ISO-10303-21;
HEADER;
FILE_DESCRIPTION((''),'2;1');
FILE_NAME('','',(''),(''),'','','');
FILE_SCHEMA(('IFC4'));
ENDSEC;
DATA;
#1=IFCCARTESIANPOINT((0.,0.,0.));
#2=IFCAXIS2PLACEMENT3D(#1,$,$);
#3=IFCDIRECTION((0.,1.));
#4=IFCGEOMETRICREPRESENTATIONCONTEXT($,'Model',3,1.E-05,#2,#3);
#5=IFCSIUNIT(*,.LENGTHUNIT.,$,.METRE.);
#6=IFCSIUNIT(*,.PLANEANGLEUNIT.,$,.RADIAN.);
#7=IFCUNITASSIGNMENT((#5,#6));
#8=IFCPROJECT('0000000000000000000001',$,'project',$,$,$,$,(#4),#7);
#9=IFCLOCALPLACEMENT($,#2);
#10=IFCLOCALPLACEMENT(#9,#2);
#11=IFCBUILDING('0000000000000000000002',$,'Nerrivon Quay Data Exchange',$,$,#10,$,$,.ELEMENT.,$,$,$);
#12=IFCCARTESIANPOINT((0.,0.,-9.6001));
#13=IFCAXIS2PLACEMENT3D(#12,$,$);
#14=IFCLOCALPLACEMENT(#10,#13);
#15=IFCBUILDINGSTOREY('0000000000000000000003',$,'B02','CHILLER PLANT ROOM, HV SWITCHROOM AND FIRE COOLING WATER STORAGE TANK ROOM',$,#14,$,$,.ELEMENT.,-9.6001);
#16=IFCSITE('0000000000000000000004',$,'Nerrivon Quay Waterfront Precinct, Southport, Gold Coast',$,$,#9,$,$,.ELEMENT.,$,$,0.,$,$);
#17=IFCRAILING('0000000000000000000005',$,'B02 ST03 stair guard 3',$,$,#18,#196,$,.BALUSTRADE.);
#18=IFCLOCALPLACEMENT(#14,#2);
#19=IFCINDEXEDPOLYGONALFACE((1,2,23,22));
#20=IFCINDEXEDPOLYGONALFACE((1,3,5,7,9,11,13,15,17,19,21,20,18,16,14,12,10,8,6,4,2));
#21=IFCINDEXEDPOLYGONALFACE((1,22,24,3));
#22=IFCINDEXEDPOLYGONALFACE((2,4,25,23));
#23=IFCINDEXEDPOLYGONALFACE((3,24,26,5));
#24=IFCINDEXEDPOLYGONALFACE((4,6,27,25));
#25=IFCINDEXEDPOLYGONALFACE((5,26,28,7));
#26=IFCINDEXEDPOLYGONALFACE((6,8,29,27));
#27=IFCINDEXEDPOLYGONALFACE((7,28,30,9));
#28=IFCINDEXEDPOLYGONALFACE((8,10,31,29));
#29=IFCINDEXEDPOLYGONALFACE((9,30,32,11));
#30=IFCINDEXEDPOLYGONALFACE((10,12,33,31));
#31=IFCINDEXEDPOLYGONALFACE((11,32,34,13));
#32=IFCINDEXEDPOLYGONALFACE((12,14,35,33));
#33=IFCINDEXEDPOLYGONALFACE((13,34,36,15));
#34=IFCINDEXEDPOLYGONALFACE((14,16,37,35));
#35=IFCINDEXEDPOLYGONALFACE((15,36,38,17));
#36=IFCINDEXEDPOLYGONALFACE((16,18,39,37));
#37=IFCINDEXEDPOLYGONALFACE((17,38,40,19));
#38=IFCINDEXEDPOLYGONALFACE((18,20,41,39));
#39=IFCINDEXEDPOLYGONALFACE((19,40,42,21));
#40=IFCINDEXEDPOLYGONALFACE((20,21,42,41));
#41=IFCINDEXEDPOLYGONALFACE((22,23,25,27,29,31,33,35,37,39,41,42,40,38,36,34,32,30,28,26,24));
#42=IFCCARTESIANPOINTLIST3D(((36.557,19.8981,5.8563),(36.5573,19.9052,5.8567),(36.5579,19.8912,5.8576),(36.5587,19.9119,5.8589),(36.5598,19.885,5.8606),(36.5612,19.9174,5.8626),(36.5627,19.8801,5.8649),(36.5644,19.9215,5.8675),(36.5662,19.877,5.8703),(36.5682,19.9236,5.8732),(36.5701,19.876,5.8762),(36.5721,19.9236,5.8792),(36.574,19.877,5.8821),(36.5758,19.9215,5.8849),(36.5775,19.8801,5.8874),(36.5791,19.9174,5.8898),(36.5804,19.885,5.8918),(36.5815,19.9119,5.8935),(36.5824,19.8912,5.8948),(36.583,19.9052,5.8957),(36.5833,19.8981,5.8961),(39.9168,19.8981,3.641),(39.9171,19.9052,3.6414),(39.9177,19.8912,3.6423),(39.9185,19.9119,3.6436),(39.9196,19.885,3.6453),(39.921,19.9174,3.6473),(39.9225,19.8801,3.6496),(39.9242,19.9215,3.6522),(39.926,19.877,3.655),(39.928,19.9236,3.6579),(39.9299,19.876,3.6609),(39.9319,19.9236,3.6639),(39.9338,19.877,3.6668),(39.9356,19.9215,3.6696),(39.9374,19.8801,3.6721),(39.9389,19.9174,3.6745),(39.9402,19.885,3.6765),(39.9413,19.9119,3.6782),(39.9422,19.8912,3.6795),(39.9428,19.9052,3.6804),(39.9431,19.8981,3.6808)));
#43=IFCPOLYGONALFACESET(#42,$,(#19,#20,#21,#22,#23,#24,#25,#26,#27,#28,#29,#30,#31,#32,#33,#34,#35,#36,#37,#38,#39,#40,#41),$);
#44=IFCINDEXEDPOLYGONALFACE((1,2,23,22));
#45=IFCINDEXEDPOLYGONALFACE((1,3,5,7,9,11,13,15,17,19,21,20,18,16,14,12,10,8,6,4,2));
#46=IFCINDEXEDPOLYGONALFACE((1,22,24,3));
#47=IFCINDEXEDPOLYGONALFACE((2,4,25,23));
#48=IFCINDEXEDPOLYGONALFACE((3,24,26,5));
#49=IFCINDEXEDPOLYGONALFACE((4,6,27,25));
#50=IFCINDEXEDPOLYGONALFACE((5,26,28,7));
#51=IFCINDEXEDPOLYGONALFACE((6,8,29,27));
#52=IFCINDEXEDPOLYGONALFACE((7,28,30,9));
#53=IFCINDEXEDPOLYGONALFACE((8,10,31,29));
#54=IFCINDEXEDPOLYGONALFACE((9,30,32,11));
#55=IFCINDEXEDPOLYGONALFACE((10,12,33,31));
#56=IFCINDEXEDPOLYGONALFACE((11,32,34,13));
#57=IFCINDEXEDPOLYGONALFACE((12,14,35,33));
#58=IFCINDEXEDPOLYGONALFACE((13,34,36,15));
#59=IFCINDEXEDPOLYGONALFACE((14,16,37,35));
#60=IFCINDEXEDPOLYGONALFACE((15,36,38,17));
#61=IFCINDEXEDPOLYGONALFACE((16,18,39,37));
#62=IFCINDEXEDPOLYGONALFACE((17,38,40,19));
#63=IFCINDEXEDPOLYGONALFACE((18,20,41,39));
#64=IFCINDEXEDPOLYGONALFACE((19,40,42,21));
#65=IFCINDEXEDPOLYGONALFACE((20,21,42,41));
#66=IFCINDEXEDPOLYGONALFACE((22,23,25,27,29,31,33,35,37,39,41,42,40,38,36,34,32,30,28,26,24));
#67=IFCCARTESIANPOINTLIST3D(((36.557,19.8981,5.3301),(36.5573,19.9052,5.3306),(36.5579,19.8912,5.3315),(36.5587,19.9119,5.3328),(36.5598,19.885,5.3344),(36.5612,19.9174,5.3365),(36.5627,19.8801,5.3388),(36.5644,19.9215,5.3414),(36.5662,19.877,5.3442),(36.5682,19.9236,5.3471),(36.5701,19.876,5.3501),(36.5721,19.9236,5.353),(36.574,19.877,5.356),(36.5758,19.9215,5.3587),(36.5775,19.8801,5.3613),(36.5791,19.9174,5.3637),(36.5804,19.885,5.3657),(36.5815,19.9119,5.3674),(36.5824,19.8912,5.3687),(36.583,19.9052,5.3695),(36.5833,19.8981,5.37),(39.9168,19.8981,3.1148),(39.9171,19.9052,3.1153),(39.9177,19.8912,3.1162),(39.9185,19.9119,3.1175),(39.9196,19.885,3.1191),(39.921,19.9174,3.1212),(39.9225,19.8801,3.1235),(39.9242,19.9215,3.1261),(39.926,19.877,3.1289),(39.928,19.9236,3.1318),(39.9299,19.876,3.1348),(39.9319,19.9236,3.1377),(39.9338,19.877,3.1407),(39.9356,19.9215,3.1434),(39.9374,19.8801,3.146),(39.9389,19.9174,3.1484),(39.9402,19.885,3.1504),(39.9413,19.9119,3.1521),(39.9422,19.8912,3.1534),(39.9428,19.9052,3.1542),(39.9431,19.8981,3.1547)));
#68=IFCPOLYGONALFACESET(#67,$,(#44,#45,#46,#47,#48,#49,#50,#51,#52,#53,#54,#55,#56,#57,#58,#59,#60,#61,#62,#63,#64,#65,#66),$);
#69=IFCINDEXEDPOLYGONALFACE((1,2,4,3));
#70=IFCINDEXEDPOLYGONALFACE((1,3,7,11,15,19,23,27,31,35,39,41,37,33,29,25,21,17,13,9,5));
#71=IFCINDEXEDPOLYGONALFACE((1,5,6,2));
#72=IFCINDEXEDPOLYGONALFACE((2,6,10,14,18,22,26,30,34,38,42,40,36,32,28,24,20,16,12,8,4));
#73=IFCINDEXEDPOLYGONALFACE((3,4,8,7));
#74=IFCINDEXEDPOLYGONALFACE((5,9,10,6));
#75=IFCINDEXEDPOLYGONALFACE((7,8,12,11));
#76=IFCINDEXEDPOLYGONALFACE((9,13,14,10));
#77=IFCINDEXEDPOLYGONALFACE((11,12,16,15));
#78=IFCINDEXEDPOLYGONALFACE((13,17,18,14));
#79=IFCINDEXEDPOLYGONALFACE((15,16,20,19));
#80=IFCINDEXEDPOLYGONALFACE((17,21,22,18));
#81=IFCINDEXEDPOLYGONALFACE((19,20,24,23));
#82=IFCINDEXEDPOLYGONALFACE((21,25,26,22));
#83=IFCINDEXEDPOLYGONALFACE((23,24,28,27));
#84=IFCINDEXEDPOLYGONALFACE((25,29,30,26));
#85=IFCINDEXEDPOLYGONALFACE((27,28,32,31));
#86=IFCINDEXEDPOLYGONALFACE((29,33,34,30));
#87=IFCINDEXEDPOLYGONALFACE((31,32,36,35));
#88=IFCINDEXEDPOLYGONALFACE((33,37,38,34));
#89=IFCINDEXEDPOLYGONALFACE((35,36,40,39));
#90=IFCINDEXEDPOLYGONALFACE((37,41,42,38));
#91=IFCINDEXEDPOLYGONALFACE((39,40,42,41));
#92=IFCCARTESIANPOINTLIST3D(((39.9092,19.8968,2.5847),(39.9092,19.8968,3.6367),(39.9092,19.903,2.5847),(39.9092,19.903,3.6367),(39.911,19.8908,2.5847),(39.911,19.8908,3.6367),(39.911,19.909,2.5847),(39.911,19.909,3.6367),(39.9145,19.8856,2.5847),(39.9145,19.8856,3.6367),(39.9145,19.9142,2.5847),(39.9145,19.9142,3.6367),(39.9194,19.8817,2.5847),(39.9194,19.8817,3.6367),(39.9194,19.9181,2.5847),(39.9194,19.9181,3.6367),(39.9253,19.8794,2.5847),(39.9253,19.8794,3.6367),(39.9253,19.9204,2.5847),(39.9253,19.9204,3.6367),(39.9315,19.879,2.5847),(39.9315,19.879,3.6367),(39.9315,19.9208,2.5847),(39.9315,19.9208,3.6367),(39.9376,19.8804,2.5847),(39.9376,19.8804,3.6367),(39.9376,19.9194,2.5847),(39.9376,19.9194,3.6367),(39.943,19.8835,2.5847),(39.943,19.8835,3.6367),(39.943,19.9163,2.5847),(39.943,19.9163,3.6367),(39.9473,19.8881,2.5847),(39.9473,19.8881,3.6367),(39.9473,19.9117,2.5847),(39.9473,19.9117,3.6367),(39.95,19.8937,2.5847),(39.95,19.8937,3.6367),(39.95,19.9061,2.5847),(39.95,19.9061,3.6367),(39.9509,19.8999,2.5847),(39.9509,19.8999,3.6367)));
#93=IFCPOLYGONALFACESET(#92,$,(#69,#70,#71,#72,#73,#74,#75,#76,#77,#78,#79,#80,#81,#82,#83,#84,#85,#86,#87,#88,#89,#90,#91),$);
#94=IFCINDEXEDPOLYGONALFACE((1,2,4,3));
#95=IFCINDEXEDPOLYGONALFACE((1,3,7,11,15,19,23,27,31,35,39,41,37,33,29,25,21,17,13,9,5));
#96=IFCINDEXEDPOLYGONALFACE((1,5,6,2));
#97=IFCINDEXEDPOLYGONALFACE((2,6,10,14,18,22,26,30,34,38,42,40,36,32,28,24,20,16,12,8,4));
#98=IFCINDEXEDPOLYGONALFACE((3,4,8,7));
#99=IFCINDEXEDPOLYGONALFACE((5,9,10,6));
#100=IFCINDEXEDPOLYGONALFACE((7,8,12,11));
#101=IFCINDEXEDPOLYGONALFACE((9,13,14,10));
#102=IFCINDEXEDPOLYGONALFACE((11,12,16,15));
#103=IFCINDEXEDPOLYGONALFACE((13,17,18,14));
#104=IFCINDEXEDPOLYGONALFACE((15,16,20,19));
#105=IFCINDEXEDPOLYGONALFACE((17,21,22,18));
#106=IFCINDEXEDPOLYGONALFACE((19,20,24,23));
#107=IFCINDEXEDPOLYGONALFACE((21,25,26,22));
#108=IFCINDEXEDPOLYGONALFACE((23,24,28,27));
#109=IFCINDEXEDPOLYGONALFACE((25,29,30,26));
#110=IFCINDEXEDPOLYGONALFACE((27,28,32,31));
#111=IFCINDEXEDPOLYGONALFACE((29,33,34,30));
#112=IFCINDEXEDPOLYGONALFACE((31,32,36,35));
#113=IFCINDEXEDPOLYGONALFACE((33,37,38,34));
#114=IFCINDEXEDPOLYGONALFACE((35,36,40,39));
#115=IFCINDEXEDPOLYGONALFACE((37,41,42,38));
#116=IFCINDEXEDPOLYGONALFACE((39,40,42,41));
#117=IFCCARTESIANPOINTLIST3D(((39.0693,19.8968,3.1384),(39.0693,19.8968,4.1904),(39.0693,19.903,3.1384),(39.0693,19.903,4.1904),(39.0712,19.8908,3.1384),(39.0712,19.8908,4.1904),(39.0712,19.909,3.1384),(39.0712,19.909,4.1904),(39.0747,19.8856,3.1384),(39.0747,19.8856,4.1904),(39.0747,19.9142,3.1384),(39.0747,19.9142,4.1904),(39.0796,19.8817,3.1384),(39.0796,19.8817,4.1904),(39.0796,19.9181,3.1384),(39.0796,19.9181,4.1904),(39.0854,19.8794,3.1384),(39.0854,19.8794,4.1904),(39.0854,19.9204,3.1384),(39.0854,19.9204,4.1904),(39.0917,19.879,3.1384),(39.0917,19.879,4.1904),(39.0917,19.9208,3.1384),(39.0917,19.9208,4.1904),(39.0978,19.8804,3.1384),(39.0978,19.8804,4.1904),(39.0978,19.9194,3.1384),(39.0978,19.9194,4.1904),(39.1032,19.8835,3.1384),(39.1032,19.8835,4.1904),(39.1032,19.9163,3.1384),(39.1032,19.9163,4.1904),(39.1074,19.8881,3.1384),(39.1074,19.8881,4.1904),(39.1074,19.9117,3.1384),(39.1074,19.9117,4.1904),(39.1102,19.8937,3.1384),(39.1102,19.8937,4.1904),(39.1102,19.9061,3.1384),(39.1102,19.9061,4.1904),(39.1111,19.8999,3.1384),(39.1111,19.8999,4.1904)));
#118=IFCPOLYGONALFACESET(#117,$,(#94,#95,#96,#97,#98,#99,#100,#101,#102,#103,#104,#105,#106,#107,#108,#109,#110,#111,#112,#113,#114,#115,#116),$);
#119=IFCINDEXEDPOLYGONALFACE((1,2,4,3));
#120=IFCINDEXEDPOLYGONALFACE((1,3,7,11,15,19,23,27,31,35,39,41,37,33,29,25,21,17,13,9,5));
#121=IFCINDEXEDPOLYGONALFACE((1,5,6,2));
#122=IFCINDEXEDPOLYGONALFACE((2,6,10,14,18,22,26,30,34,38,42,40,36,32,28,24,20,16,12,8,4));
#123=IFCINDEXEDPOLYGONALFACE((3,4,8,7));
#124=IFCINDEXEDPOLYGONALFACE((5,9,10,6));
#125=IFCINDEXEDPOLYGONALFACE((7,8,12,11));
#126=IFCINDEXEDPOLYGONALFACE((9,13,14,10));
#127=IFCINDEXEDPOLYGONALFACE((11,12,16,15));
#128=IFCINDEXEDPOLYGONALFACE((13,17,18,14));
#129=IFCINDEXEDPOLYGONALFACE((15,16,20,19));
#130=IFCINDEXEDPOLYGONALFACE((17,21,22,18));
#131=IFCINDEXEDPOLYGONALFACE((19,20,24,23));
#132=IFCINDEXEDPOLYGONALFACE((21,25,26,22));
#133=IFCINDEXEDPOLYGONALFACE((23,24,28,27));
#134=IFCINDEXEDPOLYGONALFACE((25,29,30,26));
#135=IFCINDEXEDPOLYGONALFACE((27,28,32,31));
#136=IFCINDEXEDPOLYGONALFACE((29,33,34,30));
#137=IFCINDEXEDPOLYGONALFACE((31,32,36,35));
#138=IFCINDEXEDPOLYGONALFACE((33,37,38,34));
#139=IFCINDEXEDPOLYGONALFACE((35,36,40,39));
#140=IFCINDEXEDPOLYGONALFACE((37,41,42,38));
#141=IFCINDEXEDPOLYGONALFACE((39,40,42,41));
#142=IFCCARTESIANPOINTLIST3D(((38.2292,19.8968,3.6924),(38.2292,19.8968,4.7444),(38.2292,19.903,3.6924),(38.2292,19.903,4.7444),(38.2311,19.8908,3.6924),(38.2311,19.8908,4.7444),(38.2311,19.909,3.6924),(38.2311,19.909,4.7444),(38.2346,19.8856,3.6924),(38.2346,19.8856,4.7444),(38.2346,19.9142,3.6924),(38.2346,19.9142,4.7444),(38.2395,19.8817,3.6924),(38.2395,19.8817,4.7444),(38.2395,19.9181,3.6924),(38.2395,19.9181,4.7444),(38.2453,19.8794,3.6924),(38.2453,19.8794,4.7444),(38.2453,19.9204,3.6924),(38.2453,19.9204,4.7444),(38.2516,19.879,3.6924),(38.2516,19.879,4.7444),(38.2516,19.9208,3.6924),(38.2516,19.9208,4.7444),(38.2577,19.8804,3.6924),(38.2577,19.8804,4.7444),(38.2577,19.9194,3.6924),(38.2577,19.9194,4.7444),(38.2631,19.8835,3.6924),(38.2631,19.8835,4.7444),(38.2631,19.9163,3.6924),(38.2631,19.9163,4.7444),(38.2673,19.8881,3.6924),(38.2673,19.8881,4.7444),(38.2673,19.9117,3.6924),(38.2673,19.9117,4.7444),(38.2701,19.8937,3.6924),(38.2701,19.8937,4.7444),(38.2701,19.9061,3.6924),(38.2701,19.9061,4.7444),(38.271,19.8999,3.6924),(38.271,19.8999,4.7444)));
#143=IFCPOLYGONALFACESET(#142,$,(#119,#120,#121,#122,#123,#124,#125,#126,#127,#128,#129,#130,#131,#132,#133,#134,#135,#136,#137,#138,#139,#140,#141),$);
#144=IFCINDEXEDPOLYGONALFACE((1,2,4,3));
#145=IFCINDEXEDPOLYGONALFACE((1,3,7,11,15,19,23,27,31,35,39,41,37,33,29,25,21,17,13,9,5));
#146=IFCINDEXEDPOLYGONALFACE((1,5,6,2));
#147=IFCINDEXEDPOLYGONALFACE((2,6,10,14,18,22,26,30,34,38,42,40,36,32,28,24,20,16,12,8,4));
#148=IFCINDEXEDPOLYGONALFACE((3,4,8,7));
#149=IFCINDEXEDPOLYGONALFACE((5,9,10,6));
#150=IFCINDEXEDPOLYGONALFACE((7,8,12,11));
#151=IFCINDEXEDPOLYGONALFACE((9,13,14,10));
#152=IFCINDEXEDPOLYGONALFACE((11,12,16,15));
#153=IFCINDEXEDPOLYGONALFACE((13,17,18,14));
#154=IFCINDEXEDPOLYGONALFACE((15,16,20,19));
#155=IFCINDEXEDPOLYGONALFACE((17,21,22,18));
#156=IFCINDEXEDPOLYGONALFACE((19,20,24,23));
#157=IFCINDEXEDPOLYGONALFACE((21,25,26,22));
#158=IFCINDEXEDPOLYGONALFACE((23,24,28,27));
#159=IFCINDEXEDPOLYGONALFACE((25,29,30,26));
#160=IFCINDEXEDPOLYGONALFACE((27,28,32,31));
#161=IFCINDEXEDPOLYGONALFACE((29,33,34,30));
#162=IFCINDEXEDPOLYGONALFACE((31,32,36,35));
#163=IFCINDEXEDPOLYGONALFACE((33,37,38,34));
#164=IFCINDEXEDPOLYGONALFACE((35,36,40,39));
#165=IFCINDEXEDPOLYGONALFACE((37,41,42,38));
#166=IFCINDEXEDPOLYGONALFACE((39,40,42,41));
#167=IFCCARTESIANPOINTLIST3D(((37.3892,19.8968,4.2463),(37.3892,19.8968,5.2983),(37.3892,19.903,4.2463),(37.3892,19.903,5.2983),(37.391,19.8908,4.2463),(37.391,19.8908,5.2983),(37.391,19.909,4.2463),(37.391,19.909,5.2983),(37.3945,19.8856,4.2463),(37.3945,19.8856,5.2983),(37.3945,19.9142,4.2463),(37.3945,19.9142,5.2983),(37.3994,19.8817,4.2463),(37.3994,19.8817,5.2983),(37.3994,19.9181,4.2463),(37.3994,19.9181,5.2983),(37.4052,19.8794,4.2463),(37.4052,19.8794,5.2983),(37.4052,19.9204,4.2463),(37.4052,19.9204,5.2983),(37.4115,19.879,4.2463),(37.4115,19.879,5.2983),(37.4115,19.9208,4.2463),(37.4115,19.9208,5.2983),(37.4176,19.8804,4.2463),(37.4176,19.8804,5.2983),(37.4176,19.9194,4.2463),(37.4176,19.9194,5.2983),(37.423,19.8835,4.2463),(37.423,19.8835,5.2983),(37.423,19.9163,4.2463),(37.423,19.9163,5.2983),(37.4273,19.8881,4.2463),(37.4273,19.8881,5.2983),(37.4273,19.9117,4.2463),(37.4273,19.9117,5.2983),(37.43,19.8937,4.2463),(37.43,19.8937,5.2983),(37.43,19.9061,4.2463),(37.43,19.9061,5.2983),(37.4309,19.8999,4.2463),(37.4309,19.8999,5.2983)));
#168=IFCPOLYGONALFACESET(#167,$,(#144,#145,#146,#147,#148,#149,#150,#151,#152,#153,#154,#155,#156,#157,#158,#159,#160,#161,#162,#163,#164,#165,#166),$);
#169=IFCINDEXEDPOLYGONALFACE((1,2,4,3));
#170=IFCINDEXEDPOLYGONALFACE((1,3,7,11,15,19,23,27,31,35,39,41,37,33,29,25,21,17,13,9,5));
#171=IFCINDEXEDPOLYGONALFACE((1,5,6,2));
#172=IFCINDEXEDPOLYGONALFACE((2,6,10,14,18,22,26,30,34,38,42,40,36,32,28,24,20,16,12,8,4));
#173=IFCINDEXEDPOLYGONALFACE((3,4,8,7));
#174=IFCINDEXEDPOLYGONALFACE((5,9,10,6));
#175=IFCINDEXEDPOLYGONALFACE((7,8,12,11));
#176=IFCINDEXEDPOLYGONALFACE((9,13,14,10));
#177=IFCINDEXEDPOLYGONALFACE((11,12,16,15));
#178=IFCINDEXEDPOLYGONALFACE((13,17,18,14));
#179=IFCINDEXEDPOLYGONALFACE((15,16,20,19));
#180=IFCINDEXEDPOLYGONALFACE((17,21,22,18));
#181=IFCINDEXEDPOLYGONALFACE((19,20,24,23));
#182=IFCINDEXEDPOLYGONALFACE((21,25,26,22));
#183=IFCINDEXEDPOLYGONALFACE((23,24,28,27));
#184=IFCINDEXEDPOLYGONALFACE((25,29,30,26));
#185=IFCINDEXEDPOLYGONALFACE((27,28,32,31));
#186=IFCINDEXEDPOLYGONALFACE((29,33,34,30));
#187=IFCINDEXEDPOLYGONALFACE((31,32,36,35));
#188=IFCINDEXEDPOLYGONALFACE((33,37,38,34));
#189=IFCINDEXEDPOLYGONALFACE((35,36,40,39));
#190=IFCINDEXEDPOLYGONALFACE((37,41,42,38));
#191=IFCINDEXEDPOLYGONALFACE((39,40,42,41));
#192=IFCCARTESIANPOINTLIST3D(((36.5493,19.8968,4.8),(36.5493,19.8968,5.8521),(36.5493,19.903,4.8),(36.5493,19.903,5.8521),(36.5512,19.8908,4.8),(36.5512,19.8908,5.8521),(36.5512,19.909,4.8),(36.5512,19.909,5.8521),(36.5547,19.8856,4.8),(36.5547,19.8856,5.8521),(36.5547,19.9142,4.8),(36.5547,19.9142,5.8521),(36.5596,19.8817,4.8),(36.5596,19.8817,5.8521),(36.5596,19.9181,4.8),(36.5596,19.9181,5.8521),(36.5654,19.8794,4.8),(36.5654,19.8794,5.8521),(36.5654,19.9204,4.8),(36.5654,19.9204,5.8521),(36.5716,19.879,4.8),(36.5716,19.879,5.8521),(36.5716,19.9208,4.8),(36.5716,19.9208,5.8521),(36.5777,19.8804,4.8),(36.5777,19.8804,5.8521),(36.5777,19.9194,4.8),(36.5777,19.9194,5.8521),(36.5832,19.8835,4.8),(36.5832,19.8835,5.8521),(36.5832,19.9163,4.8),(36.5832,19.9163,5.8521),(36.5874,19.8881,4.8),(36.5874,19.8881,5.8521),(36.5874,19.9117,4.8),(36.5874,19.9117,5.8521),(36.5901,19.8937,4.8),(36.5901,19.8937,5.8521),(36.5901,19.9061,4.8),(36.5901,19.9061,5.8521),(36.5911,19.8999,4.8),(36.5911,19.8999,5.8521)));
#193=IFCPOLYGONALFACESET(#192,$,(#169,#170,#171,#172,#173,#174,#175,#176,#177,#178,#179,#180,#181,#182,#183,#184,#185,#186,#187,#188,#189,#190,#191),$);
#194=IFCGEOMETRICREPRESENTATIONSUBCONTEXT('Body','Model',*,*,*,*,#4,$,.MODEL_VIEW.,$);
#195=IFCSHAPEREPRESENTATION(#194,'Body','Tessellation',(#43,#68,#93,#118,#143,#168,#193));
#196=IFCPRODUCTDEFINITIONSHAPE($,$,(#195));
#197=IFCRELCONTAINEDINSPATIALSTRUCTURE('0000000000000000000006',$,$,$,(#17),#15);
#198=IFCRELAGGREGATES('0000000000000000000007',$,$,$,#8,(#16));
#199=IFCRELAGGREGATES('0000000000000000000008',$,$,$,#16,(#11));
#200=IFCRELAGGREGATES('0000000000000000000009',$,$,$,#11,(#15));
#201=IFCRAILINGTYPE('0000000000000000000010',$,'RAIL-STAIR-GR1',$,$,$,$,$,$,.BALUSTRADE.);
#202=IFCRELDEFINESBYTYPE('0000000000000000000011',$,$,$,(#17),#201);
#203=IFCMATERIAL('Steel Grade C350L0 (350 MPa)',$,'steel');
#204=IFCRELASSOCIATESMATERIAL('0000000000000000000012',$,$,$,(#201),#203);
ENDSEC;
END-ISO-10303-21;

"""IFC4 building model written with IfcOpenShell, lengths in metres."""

from ifc_helpers import new_model, si_unit, direction, frame, origin, origin_2d, place, context, subcontext, project, spatial, circle, extrude, material, type_object, element, save


model = new_model("IFC4")

# Units and contexts
model_context = context("Model", 3, precision=1e-05, world=origin(), true_north=direction((0.0, 1.0)))
body_context = subcontext(model_context, "Body", "Model", "MODEL_VIEW")
ifc_project = project(units=[si_unit("LENGTHUNIT", "METRE"), si_unit("PLANEANGLEUNIT", "RADIAN")], contexts=[model_context])

# Site, building, storey
site_placement = place(None, origin())
site = spatial("IfcSite", under=ifc_project, at=site_placement, Name="Nerrivon Quay Waterfront Precinct, Southport, Gold Coast", CompositionType="ELEMENT", RefElevation=0.0)
building_placement = place(site_placement, origin())
building = spatial("IfcBuilding", under=site, at=building_placement, Name="Nerrivon Quay Data Exchange", CompositionType="ELEMENT")
storey_placement = place(building_placement, frame((0.0, 0.0, -9.6001)))
storey = spatial("IfcBuildingStorey", under=building, at=storey_placement, Name="B02", Description="CHILLER PLANT ROOM, HV SWITCHROOM AND FIRE COOLING WATER STORAGE TANK ROOM", CompositionType="ELEMENT", Elevation=-9.6001)

# Railing
ifc_material_1 = material(Name="Steel Grade C350L0 (350 MPa)", Category="steel")
railing_type_1 = type_object("IfcRailingType", Name="RAIL-STAIR-GR1", PredefinedType="BALUSTRADE", material=ifc_material_1)
railing_1_placement = place(storey_placement, frame((39.9299, 19.8999, 2.5847)))
element("IfcRailing", 1, at=railing_1_placement, inside=storey, type_object=railing_type_1, Name="B02 ST03 stair guard 3", PredefinedType="BALUSTRADE", context=body_context, shape_type="SweptSolid", body=[
    extrude(circle(Radius=0.0239, at=origin_2d()), frame((0.0, 0.0, 1.0762), z_axis=(-0.834858, 0.0, 0.550465), x_axis=(0.0, -1.0, 0.0)), (0.0, 0.0, 1.0), 4.0244),
    extrude(circle(Radius=0.0239, at=origin_2d()), frame((0.0, 0.0, 0.55), z_axis=(-0.834858, 0.0, 0.550465), x_axis=(0.0, -1.0, 0.0)), (0.0, 0.0, 1.0), 4.0244),
    extrude(circle(Radius=0.021, at=origin_2d()), origin(), (0.0, 0.0, 1.0), 1.052),
    extrude(circle(Radius=0.021, at=origin_2d()), frame((-0.8398, 0.0, 0.5537)), (0.0, 0.0, 1.0), 1.052),
    extrude(circle(Radius=0.021, at=origin_2d()), frame((-1.6799, 0.0, 1.1077)), (0.0, 0.0, 1.0), 1.052),
    extrude(circle(Radius=0.021, at=origin_2d()), frame((-2.52, 0.0, 1.6616)), (0.0, 0.0, 1.0), 1.052),
    extrude(circle(Radius=0.021, at=origin_2d()), frame((-3.3599, 0.0, 2.2153)), (0.0, 0.0, 1.0), 1.052),
])

save(model, "model.ifc")
